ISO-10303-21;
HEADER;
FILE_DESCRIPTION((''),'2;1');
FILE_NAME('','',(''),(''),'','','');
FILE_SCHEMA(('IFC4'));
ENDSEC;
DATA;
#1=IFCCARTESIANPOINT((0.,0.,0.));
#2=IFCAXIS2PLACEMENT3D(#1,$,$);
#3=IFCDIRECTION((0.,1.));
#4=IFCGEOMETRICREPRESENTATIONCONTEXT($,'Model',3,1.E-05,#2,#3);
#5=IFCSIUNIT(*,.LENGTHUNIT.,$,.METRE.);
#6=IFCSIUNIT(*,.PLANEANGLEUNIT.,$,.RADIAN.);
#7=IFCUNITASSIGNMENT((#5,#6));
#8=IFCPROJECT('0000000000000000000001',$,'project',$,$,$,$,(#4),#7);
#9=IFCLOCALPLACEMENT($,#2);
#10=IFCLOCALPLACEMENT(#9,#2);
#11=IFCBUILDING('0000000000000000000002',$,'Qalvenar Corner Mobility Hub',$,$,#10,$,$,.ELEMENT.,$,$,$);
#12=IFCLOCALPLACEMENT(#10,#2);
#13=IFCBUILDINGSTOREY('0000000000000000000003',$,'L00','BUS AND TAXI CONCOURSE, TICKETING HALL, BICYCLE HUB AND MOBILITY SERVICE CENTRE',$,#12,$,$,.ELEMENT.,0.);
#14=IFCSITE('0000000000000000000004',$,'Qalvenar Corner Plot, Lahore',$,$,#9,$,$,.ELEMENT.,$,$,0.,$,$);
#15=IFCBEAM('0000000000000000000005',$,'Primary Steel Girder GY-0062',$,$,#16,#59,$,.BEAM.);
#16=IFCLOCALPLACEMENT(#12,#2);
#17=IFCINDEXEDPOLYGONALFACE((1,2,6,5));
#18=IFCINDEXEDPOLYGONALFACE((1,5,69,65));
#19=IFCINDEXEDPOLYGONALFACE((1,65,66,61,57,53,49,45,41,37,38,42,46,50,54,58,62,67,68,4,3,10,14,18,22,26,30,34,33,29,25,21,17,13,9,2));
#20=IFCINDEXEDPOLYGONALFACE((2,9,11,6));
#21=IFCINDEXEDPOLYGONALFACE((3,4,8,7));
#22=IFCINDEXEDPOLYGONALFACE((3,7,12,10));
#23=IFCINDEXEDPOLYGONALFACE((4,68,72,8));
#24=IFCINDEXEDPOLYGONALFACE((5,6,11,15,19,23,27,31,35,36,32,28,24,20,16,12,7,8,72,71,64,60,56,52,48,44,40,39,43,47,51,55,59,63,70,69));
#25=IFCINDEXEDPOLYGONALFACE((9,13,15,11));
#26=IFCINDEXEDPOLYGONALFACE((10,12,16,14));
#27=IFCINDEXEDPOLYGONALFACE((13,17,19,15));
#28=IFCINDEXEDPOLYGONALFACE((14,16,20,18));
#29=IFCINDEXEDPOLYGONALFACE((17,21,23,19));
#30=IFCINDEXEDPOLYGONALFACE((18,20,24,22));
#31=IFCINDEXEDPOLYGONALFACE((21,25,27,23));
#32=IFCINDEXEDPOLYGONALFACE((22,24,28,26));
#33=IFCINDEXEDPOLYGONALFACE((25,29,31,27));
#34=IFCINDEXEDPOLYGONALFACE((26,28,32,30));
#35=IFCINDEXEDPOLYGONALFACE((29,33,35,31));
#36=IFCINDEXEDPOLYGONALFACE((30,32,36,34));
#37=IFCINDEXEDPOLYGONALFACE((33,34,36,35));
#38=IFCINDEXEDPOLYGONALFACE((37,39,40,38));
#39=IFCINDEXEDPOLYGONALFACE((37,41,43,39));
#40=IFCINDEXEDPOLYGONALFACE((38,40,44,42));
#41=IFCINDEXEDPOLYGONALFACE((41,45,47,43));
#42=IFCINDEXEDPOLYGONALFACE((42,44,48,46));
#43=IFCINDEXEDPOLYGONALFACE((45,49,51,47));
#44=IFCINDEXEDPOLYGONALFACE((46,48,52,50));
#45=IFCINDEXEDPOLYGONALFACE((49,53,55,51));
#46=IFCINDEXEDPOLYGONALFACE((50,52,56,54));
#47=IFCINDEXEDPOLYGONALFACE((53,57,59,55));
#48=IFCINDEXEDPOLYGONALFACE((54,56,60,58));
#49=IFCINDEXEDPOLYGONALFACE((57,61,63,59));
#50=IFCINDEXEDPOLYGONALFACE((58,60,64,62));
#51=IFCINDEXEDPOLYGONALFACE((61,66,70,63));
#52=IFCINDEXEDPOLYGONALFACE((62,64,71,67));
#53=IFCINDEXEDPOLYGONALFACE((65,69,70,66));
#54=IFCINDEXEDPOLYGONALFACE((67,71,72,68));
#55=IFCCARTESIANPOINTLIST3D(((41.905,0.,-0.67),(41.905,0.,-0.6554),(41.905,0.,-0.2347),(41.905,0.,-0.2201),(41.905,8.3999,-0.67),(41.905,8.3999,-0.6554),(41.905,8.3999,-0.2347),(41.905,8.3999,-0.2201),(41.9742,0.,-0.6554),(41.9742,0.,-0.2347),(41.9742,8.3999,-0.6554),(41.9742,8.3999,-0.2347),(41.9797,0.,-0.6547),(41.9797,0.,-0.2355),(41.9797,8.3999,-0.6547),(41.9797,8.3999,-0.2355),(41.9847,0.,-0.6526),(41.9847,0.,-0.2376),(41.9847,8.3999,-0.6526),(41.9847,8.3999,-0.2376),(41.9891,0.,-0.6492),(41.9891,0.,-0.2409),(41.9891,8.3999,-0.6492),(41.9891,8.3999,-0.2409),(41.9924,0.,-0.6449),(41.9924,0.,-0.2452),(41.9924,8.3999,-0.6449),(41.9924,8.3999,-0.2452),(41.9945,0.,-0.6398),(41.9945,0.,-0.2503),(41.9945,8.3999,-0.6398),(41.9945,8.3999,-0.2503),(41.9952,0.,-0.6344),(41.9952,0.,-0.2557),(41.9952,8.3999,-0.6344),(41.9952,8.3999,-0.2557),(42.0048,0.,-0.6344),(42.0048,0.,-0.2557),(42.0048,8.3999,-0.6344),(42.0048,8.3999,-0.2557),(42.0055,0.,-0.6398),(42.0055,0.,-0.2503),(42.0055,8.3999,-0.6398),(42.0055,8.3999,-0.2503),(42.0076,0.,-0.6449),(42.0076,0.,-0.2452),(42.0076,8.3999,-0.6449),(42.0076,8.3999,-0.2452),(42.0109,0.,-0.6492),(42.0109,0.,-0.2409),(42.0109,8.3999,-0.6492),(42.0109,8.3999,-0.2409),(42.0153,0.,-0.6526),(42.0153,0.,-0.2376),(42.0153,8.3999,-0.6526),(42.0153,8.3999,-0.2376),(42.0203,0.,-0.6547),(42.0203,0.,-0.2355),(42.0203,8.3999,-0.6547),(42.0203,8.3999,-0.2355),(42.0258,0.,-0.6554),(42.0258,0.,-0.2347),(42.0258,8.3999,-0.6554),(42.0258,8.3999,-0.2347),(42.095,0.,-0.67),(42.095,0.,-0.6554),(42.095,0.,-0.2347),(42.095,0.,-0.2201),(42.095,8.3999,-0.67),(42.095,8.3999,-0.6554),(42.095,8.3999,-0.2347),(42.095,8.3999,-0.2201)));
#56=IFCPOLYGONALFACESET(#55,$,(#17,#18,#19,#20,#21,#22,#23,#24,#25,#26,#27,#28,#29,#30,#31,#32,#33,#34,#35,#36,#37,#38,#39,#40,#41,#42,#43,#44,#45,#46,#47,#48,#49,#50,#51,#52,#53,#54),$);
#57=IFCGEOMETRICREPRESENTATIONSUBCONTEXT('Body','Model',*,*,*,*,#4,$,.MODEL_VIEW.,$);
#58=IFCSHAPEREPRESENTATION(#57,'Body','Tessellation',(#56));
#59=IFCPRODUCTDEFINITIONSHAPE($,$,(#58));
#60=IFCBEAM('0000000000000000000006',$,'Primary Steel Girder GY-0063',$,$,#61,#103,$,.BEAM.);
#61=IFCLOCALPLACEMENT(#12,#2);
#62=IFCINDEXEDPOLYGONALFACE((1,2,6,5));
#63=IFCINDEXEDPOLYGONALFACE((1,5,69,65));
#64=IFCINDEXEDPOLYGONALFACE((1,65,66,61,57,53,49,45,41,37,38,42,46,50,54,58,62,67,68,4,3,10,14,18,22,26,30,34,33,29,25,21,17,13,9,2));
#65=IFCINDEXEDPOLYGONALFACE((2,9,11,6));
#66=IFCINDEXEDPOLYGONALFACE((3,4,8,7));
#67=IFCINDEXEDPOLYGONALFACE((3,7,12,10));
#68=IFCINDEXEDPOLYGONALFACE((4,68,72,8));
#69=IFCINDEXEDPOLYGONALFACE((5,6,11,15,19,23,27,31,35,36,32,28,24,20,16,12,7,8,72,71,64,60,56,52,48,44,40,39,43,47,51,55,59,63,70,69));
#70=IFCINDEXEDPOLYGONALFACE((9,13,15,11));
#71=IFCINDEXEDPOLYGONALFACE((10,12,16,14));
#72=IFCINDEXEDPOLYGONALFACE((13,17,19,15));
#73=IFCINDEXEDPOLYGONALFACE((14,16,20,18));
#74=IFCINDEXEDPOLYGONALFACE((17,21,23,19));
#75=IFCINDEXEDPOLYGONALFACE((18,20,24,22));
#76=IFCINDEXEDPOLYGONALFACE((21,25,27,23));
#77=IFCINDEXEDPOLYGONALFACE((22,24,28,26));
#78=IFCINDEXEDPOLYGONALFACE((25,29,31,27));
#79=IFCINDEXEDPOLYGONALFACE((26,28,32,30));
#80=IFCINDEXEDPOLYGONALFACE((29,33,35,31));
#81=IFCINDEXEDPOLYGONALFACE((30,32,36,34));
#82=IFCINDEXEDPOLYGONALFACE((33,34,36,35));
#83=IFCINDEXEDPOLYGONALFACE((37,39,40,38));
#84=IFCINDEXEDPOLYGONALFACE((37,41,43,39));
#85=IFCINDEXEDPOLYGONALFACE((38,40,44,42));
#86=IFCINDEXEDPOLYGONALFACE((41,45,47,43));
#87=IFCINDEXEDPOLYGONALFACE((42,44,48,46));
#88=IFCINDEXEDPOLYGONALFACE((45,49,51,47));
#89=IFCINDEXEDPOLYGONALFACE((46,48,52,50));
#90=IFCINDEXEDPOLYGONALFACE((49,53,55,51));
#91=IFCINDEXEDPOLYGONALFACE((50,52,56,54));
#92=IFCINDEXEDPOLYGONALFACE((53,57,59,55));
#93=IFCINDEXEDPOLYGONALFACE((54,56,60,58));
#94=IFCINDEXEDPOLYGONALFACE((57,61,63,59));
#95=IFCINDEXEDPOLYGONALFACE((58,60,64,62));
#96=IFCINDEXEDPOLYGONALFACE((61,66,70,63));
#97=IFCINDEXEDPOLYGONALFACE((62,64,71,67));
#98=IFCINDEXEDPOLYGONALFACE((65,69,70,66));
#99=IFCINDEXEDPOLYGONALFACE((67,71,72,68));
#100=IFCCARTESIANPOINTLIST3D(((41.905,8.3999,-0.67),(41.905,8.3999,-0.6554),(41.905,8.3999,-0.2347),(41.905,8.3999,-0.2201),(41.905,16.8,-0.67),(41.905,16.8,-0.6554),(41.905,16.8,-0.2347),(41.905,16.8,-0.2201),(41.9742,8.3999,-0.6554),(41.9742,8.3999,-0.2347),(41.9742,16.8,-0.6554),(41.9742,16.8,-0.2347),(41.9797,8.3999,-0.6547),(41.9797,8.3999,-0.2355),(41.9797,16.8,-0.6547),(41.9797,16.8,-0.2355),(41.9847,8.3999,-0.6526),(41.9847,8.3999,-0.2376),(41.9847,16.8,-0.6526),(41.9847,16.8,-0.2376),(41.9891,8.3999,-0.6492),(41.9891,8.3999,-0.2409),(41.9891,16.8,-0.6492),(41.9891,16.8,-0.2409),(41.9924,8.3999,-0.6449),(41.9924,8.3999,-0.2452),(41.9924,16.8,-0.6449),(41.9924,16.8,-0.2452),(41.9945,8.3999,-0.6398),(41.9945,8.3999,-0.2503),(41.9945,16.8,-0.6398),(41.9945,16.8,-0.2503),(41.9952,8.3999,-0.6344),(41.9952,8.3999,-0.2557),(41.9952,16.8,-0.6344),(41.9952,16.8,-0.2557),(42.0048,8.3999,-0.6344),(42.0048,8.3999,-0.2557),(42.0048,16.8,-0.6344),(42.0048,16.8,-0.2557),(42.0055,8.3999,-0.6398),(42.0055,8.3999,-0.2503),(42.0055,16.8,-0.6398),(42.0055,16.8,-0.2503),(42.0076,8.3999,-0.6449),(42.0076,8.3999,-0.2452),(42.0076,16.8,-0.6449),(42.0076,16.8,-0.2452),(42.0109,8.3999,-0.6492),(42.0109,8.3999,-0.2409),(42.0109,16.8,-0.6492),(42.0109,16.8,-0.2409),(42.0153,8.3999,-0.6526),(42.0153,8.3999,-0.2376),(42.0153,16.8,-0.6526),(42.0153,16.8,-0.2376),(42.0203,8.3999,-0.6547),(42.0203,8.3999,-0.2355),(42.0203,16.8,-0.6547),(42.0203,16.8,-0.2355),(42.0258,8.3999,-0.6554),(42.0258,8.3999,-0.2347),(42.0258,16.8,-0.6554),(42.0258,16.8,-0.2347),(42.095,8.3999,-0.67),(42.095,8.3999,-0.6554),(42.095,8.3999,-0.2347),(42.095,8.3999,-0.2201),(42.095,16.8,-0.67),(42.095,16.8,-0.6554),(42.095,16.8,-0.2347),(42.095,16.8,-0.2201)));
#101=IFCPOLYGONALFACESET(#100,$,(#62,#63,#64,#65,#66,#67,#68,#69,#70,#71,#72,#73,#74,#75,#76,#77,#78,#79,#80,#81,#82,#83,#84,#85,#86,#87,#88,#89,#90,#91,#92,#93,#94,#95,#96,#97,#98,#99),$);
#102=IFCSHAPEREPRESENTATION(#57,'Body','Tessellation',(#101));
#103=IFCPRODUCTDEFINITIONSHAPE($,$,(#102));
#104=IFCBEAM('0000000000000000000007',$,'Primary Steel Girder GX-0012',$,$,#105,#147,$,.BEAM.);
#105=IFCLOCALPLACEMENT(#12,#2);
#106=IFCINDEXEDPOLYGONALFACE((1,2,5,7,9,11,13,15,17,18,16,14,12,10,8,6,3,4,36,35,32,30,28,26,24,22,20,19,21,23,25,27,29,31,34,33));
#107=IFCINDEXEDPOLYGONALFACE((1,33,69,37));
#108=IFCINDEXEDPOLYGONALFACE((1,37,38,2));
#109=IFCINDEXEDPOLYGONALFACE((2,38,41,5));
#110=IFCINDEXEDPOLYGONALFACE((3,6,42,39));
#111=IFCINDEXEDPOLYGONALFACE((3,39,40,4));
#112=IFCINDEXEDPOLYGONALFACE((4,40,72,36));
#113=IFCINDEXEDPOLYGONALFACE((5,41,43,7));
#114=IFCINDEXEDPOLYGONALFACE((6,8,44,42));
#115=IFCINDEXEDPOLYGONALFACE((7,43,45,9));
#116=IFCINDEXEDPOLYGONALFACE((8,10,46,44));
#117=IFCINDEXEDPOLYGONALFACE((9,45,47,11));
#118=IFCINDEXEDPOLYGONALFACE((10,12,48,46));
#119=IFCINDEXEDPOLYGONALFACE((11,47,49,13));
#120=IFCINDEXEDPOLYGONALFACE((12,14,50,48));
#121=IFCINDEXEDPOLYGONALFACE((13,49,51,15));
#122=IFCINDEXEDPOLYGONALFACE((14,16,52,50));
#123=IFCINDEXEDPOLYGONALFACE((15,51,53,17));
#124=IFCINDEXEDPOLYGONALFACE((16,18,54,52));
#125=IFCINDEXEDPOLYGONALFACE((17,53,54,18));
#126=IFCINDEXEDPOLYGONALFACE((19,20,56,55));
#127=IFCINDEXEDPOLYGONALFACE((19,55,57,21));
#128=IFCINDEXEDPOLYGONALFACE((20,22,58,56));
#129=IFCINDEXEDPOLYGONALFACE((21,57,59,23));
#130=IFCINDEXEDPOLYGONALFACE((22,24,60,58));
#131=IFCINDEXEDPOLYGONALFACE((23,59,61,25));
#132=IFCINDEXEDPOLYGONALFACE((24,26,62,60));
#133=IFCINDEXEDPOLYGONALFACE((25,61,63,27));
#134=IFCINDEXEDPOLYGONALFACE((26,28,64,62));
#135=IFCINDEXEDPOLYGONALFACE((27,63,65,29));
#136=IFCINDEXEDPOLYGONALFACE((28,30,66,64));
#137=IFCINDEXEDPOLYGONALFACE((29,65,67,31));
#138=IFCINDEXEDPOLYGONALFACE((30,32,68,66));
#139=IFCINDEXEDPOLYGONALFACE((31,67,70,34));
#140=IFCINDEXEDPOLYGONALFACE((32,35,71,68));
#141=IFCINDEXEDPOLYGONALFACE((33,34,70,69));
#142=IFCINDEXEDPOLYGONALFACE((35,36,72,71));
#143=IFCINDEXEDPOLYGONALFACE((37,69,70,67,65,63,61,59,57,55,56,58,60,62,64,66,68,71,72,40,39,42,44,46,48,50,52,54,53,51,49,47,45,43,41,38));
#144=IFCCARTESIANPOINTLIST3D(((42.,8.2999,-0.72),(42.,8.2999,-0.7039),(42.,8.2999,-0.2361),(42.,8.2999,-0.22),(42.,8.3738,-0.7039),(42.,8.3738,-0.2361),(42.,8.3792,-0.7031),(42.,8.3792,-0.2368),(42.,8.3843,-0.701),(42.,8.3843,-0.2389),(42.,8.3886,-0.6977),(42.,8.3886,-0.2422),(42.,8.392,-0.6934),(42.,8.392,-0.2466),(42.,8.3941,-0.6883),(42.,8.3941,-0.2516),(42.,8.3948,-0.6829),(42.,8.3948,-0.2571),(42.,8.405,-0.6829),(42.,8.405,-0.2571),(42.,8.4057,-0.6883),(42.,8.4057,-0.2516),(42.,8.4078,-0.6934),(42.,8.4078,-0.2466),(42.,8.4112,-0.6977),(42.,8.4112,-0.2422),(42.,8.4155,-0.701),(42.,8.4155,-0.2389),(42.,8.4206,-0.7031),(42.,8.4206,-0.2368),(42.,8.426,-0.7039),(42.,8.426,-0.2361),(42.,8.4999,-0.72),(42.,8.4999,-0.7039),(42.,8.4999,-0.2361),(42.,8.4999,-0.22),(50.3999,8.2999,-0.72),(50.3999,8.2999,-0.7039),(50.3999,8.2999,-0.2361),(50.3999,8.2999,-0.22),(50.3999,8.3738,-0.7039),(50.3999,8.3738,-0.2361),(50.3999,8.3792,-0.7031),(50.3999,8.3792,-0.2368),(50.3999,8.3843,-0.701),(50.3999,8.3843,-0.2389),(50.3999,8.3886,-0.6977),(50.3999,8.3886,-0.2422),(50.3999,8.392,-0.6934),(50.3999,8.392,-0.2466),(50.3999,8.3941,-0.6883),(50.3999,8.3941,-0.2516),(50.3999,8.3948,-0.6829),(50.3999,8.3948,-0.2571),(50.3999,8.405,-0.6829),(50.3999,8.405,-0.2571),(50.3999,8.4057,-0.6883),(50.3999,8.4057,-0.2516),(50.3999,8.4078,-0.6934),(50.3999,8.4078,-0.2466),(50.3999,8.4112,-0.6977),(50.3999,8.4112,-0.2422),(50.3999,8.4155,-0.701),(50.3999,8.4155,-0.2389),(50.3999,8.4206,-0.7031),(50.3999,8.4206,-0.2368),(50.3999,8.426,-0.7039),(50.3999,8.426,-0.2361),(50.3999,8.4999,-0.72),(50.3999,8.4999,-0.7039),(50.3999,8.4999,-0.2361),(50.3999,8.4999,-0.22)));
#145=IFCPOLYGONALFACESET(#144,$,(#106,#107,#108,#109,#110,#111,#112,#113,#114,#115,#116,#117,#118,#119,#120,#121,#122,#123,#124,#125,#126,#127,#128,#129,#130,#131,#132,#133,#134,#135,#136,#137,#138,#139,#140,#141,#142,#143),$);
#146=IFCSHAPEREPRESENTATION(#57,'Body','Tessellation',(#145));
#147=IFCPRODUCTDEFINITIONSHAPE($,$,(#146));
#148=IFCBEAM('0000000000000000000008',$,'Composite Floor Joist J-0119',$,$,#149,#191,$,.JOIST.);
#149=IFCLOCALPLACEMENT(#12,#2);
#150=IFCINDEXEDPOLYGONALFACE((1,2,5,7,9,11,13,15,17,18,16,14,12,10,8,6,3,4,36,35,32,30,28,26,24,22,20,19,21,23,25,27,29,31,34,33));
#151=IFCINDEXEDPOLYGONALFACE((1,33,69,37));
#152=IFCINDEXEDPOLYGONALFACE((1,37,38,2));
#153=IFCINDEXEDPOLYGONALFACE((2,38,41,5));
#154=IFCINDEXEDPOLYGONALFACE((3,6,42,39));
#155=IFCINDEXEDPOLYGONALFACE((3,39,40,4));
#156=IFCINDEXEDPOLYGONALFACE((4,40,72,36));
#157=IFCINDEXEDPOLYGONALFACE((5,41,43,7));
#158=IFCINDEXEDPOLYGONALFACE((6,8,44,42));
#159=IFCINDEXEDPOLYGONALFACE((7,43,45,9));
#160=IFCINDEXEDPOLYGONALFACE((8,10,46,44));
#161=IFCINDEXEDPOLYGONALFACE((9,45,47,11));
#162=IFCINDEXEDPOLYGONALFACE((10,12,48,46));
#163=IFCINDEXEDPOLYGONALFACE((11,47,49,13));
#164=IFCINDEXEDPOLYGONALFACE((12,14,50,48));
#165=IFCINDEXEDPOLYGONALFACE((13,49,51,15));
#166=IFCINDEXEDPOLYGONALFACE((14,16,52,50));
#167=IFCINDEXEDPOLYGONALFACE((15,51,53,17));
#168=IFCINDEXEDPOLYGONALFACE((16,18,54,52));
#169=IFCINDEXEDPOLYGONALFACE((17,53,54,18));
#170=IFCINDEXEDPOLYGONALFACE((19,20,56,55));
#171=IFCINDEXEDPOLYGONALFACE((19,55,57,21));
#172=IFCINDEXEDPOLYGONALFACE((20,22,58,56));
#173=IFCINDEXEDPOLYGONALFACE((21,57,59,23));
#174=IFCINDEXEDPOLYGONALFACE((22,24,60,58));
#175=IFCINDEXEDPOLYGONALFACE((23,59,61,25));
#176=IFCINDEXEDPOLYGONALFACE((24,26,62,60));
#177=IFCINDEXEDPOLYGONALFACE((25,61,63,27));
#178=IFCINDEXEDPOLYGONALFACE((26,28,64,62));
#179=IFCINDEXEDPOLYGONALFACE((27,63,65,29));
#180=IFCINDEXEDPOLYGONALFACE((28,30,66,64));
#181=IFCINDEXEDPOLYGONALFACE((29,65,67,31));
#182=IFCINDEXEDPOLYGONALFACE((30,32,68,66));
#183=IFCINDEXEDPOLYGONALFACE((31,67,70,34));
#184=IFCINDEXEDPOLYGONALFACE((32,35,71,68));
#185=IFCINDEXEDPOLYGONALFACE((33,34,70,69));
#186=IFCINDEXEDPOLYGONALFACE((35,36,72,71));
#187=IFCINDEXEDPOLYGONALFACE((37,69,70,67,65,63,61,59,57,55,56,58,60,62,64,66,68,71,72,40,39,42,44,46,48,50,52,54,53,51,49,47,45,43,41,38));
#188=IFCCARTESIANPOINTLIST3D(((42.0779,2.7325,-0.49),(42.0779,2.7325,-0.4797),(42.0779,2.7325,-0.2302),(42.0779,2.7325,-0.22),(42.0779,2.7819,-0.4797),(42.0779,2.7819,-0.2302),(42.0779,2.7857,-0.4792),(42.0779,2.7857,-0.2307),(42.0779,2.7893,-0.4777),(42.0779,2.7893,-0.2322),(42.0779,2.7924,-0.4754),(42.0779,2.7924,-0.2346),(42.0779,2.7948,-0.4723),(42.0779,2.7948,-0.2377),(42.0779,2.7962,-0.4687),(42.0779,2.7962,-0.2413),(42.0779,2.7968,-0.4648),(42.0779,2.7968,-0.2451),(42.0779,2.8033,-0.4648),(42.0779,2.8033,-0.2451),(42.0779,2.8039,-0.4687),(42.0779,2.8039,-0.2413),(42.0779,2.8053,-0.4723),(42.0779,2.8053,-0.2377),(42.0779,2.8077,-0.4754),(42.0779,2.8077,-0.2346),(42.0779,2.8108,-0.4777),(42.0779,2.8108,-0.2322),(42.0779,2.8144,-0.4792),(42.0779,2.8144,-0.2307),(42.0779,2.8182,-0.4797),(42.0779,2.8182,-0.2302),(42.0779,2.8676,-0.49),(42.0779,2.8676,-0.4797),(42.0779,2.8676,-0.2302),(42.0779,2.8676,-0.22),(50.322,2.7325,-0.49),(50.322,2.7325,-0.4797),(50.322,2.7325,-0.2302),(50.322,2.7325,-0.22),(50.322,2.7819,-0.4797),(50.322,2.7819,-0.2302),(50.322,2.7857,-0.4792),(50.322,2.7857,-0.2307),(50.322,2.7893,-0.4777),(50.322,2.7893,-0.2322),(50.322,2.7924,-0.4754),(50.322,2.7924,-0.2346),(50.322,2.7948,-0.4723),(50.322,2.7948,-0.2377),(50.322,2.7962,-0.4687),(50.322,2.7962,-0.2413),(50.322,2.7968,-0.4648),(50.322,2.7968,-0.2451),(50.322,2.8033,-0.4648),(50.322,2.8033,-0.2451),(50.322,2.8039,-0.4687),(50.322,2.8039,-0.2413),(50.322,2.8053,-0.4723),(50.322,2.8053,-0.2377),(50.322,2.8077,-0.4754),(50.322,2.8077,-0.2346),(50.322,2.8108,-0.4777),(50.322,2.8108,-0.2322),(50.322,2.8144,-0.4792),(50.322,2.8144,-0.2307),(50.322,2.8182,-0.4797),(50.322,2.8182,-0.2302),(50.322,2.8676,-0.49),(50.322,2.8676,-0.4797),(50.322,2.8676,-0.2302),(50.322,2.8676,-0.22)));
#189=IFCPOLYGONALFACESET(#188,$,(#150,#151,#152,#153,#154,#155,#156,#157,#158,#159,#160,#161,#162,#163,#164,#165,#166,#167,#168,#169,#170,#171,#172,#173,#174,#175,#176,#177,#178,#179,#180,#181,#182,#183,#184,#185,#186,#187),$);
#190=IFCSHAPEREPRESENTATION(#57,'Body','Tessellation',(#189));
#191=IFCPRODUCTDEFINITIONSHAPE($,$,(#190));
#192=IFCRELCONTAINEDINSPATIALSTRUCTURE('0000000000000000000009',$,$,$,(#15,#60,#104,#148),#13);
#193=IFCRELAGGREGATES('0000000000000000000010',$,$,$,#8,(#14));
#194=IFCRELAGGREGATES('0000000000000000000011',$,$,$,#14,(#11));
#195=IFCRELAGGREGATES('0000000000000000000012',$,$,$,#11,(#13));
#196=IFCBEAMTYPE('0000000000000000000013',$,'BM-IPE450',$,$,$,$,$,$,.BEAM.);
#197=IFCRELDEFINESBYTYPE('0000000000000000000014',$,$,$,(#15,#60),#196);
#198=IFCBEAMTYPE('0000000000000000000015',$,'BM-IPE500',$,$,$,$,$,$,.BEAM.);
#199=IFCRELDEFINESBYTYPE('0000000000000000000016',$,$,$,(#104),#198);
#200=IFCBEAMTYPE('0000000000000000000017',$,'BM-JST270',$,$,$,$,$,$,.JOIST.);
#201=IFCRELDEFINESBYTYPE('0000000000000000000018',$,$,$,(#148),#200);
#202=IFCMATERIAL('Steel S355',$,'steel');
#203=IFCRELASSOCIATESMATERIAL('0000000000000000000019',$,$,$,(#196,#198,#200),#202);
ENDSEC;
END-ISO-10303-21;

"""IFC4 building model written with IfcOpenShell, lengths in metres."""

from ifc_helpers import new_model, si_unit, direction, frame, origin, origin_2d, place, context, subcontext, project, spatial, i_section, extrude, material, material_profile, profile_set, type_object, element, save


model = new_model("IFC4")

# Units and contexts
model_context = context("Model", 3, precision=1e-05, world=origin(), true_north=direction((0.0, 1.0)))
body_context = subcontext(model_context, "Body", "Model", "MODEL_VIEW")
ifc_project = project(units=[si_unit("LENGTHUNIT", "METRE"), si_unit("PLANEANGLEUNIT", "RADIAN")], contexts=[model_context])

# Site, building, storey
site_placement = place(None, origin())
site = spatial("IfcSite", under=ifc_project, at=site_placement, Name="Qalvenar Corner Plot, Lahore", CompositionType="ELEMENT", RefElevation=0.0)
building_placement = place(site_placement, origin())
building = spatial("IfcBuilding", under=site, at=building_placement, Name="Qalvenar Corner Mobility Hub", CompositionType="ELEMENT")
storey_placement = place(building_placement, origin())
storey = spatial("IfcBuildingStorey", under=building, at=storey_placement, Name="L00", Description="BUS AND TAXI CONCOURSE, TICKETING HALL, BICYCLE HUB AND MOBILITY SERVICE CENTRE", CompositionType="ELEMENT", Elevation=0.0)

# Shared definitions
ifc_material_1 = material(Name="Steel S355", Category="steel")

# Beams
ifc_material_profile_1 = material_profile(ifc_material_1, i_section(OverallWidth=0.1899, OverallDepth=0.45, WebThickness=0.0095, FlangeThickness=0.0146, FilletRadius=0.021, at=origin_2d()), Name="IPE450")
ifc_profile_set_1 = profile_set([ifc_material_profile_1], Name="Steel S355")
beam_type_1 = type_object("IfcBeamType", Name="BM-IPE450", PredefinedType="BEAM", material=ifc_profile_set_1)
beam_1_placement = place(storey_placement, frame((42.0, 0.0, -0.4451), z_axis=(0.0, 1.0, 0.0), x_axis=(-1.0, 0.0, 0.0)))
element("IfcBeam", 1, at=beam_1_placement, inside=storey, type_object=beam_type_1, Name="Primary Steel Girder GY-0062", PredefinedType="BEAM", context=body_context, shape_type="SweptSolid", body=[
    extrude(i_section(OverallWidth=0.1899, OverallDepth=0.45, WebThickness=0.0095, FlangeThickness=0.0146, FilletRadius=0.021, at=origin_2d()), origin(), (0.0, 0.0, 1.0), 8.3999),
])
beam_2_placement = place(storey_placement, frame((42.0, 8.3999, -0.4451), z_axis=(0.0, 1.0, 0.0), x_axis=(-1.0, 0.0, 0.0)))
element("IfcBeam", 2, at=beam_2_placement, inside=storey, type_object=beam_type_1, Name="Primary Steel Girder GY-0063", PredefinedType="BEAM", context=body_context, shape_type="SweptSolid", body=[
    extrude(i_section(OverallWidth=0.1899, OverallDepth=0.45, WebThickness=0.0095, FlangeThickness=0.0146, FilletRadius=0.021, at=origin_2d()), origin(), (0.0, 0.0, 1.0), 8.4001),
])
ifc_material_profile_2 = material_profile(ifc_material_1, i_section(OverallWidth=0.2, OverallDepth=0.5, WebThickness=0.0103, FlangeThickness=0.0161, FilletRadius=0.021, at=origin_2d()), Name="IPE500")
ifc_profile_set_2 = profile_set([ifc_material_profile_2], Name="Steel S355")
beam_type_2 = type_object("IfcBeamType", Name="BM-IPE500", PredefinedType="BEAM", material=ifc_profile_set_2)
beam_3_placement = place(storey_placement, frame((42.0, 8.3999, -0.47), z_axis=(1.0, 0.0, 0.0), x_axis=(0.0, 1.0, 0.0)))
element("IfcBeam", 3, at=beam_3_placement, inside=storey, type_object=beam_type_2, Name="Primary Steel Girder GX-0012", PredefinedType="BEAM", context=body_context, shape_type="SweptSolid", body=[
    extrude(i_section(OverallWidth=0.2, OverallDepth=0.5, WebThickness=0.0103, FlangeThickness=0.0161, FilletRadius=0.021, at=origin_2d()), origin(), (0.0, 0.0, 1.0), 8.3999),
])
ifc_material_profile_3 = material_profile(ifc_material_1, i_section(OverallWidth=0.135, OverallDepth=0.27, WebThickness=0.0066, FlangeThickness=0.0103, FilletRadius=0.0149, at=origin_2d()), Name="IPE270")
ifc_profile_set_3 = profile_set([ifc_material_profile_3], Name="Steel S355")
beam_type_3 = type_object("IfcBeamType", Name="BM-JST270", PredefinedType="JOIST", material=ifc_profile_set_3)
for number, where, z_axis, x_axis, name in (
    (4, (42.0779, 2.8, -0.355), (1.0, 0.0, 0.0), (0.0, 1.0, 0.0), "Composite Floor Joist J-0119"),
):
    element("IfcBeam", number, at=place(storey_placement, frame(where, z_axis=z_axis, x_axis=x_axis)), inside=storey, type_object=beam_type_3, Name=name, PredefinedType="JOIST", context=body_context, shape_type="SweptSolid", body=[
        extrude(i_section(OverallWidth=0.135, OverallDepth=0.27, WebThickness=0.0066, FlangeThickness=0.0103, FilletRadius=0.0149, at=origin_2d()), origin(), (0.0, 0.0, 1.0), 8.2441),
    ])

save(model, "model.ifc")
